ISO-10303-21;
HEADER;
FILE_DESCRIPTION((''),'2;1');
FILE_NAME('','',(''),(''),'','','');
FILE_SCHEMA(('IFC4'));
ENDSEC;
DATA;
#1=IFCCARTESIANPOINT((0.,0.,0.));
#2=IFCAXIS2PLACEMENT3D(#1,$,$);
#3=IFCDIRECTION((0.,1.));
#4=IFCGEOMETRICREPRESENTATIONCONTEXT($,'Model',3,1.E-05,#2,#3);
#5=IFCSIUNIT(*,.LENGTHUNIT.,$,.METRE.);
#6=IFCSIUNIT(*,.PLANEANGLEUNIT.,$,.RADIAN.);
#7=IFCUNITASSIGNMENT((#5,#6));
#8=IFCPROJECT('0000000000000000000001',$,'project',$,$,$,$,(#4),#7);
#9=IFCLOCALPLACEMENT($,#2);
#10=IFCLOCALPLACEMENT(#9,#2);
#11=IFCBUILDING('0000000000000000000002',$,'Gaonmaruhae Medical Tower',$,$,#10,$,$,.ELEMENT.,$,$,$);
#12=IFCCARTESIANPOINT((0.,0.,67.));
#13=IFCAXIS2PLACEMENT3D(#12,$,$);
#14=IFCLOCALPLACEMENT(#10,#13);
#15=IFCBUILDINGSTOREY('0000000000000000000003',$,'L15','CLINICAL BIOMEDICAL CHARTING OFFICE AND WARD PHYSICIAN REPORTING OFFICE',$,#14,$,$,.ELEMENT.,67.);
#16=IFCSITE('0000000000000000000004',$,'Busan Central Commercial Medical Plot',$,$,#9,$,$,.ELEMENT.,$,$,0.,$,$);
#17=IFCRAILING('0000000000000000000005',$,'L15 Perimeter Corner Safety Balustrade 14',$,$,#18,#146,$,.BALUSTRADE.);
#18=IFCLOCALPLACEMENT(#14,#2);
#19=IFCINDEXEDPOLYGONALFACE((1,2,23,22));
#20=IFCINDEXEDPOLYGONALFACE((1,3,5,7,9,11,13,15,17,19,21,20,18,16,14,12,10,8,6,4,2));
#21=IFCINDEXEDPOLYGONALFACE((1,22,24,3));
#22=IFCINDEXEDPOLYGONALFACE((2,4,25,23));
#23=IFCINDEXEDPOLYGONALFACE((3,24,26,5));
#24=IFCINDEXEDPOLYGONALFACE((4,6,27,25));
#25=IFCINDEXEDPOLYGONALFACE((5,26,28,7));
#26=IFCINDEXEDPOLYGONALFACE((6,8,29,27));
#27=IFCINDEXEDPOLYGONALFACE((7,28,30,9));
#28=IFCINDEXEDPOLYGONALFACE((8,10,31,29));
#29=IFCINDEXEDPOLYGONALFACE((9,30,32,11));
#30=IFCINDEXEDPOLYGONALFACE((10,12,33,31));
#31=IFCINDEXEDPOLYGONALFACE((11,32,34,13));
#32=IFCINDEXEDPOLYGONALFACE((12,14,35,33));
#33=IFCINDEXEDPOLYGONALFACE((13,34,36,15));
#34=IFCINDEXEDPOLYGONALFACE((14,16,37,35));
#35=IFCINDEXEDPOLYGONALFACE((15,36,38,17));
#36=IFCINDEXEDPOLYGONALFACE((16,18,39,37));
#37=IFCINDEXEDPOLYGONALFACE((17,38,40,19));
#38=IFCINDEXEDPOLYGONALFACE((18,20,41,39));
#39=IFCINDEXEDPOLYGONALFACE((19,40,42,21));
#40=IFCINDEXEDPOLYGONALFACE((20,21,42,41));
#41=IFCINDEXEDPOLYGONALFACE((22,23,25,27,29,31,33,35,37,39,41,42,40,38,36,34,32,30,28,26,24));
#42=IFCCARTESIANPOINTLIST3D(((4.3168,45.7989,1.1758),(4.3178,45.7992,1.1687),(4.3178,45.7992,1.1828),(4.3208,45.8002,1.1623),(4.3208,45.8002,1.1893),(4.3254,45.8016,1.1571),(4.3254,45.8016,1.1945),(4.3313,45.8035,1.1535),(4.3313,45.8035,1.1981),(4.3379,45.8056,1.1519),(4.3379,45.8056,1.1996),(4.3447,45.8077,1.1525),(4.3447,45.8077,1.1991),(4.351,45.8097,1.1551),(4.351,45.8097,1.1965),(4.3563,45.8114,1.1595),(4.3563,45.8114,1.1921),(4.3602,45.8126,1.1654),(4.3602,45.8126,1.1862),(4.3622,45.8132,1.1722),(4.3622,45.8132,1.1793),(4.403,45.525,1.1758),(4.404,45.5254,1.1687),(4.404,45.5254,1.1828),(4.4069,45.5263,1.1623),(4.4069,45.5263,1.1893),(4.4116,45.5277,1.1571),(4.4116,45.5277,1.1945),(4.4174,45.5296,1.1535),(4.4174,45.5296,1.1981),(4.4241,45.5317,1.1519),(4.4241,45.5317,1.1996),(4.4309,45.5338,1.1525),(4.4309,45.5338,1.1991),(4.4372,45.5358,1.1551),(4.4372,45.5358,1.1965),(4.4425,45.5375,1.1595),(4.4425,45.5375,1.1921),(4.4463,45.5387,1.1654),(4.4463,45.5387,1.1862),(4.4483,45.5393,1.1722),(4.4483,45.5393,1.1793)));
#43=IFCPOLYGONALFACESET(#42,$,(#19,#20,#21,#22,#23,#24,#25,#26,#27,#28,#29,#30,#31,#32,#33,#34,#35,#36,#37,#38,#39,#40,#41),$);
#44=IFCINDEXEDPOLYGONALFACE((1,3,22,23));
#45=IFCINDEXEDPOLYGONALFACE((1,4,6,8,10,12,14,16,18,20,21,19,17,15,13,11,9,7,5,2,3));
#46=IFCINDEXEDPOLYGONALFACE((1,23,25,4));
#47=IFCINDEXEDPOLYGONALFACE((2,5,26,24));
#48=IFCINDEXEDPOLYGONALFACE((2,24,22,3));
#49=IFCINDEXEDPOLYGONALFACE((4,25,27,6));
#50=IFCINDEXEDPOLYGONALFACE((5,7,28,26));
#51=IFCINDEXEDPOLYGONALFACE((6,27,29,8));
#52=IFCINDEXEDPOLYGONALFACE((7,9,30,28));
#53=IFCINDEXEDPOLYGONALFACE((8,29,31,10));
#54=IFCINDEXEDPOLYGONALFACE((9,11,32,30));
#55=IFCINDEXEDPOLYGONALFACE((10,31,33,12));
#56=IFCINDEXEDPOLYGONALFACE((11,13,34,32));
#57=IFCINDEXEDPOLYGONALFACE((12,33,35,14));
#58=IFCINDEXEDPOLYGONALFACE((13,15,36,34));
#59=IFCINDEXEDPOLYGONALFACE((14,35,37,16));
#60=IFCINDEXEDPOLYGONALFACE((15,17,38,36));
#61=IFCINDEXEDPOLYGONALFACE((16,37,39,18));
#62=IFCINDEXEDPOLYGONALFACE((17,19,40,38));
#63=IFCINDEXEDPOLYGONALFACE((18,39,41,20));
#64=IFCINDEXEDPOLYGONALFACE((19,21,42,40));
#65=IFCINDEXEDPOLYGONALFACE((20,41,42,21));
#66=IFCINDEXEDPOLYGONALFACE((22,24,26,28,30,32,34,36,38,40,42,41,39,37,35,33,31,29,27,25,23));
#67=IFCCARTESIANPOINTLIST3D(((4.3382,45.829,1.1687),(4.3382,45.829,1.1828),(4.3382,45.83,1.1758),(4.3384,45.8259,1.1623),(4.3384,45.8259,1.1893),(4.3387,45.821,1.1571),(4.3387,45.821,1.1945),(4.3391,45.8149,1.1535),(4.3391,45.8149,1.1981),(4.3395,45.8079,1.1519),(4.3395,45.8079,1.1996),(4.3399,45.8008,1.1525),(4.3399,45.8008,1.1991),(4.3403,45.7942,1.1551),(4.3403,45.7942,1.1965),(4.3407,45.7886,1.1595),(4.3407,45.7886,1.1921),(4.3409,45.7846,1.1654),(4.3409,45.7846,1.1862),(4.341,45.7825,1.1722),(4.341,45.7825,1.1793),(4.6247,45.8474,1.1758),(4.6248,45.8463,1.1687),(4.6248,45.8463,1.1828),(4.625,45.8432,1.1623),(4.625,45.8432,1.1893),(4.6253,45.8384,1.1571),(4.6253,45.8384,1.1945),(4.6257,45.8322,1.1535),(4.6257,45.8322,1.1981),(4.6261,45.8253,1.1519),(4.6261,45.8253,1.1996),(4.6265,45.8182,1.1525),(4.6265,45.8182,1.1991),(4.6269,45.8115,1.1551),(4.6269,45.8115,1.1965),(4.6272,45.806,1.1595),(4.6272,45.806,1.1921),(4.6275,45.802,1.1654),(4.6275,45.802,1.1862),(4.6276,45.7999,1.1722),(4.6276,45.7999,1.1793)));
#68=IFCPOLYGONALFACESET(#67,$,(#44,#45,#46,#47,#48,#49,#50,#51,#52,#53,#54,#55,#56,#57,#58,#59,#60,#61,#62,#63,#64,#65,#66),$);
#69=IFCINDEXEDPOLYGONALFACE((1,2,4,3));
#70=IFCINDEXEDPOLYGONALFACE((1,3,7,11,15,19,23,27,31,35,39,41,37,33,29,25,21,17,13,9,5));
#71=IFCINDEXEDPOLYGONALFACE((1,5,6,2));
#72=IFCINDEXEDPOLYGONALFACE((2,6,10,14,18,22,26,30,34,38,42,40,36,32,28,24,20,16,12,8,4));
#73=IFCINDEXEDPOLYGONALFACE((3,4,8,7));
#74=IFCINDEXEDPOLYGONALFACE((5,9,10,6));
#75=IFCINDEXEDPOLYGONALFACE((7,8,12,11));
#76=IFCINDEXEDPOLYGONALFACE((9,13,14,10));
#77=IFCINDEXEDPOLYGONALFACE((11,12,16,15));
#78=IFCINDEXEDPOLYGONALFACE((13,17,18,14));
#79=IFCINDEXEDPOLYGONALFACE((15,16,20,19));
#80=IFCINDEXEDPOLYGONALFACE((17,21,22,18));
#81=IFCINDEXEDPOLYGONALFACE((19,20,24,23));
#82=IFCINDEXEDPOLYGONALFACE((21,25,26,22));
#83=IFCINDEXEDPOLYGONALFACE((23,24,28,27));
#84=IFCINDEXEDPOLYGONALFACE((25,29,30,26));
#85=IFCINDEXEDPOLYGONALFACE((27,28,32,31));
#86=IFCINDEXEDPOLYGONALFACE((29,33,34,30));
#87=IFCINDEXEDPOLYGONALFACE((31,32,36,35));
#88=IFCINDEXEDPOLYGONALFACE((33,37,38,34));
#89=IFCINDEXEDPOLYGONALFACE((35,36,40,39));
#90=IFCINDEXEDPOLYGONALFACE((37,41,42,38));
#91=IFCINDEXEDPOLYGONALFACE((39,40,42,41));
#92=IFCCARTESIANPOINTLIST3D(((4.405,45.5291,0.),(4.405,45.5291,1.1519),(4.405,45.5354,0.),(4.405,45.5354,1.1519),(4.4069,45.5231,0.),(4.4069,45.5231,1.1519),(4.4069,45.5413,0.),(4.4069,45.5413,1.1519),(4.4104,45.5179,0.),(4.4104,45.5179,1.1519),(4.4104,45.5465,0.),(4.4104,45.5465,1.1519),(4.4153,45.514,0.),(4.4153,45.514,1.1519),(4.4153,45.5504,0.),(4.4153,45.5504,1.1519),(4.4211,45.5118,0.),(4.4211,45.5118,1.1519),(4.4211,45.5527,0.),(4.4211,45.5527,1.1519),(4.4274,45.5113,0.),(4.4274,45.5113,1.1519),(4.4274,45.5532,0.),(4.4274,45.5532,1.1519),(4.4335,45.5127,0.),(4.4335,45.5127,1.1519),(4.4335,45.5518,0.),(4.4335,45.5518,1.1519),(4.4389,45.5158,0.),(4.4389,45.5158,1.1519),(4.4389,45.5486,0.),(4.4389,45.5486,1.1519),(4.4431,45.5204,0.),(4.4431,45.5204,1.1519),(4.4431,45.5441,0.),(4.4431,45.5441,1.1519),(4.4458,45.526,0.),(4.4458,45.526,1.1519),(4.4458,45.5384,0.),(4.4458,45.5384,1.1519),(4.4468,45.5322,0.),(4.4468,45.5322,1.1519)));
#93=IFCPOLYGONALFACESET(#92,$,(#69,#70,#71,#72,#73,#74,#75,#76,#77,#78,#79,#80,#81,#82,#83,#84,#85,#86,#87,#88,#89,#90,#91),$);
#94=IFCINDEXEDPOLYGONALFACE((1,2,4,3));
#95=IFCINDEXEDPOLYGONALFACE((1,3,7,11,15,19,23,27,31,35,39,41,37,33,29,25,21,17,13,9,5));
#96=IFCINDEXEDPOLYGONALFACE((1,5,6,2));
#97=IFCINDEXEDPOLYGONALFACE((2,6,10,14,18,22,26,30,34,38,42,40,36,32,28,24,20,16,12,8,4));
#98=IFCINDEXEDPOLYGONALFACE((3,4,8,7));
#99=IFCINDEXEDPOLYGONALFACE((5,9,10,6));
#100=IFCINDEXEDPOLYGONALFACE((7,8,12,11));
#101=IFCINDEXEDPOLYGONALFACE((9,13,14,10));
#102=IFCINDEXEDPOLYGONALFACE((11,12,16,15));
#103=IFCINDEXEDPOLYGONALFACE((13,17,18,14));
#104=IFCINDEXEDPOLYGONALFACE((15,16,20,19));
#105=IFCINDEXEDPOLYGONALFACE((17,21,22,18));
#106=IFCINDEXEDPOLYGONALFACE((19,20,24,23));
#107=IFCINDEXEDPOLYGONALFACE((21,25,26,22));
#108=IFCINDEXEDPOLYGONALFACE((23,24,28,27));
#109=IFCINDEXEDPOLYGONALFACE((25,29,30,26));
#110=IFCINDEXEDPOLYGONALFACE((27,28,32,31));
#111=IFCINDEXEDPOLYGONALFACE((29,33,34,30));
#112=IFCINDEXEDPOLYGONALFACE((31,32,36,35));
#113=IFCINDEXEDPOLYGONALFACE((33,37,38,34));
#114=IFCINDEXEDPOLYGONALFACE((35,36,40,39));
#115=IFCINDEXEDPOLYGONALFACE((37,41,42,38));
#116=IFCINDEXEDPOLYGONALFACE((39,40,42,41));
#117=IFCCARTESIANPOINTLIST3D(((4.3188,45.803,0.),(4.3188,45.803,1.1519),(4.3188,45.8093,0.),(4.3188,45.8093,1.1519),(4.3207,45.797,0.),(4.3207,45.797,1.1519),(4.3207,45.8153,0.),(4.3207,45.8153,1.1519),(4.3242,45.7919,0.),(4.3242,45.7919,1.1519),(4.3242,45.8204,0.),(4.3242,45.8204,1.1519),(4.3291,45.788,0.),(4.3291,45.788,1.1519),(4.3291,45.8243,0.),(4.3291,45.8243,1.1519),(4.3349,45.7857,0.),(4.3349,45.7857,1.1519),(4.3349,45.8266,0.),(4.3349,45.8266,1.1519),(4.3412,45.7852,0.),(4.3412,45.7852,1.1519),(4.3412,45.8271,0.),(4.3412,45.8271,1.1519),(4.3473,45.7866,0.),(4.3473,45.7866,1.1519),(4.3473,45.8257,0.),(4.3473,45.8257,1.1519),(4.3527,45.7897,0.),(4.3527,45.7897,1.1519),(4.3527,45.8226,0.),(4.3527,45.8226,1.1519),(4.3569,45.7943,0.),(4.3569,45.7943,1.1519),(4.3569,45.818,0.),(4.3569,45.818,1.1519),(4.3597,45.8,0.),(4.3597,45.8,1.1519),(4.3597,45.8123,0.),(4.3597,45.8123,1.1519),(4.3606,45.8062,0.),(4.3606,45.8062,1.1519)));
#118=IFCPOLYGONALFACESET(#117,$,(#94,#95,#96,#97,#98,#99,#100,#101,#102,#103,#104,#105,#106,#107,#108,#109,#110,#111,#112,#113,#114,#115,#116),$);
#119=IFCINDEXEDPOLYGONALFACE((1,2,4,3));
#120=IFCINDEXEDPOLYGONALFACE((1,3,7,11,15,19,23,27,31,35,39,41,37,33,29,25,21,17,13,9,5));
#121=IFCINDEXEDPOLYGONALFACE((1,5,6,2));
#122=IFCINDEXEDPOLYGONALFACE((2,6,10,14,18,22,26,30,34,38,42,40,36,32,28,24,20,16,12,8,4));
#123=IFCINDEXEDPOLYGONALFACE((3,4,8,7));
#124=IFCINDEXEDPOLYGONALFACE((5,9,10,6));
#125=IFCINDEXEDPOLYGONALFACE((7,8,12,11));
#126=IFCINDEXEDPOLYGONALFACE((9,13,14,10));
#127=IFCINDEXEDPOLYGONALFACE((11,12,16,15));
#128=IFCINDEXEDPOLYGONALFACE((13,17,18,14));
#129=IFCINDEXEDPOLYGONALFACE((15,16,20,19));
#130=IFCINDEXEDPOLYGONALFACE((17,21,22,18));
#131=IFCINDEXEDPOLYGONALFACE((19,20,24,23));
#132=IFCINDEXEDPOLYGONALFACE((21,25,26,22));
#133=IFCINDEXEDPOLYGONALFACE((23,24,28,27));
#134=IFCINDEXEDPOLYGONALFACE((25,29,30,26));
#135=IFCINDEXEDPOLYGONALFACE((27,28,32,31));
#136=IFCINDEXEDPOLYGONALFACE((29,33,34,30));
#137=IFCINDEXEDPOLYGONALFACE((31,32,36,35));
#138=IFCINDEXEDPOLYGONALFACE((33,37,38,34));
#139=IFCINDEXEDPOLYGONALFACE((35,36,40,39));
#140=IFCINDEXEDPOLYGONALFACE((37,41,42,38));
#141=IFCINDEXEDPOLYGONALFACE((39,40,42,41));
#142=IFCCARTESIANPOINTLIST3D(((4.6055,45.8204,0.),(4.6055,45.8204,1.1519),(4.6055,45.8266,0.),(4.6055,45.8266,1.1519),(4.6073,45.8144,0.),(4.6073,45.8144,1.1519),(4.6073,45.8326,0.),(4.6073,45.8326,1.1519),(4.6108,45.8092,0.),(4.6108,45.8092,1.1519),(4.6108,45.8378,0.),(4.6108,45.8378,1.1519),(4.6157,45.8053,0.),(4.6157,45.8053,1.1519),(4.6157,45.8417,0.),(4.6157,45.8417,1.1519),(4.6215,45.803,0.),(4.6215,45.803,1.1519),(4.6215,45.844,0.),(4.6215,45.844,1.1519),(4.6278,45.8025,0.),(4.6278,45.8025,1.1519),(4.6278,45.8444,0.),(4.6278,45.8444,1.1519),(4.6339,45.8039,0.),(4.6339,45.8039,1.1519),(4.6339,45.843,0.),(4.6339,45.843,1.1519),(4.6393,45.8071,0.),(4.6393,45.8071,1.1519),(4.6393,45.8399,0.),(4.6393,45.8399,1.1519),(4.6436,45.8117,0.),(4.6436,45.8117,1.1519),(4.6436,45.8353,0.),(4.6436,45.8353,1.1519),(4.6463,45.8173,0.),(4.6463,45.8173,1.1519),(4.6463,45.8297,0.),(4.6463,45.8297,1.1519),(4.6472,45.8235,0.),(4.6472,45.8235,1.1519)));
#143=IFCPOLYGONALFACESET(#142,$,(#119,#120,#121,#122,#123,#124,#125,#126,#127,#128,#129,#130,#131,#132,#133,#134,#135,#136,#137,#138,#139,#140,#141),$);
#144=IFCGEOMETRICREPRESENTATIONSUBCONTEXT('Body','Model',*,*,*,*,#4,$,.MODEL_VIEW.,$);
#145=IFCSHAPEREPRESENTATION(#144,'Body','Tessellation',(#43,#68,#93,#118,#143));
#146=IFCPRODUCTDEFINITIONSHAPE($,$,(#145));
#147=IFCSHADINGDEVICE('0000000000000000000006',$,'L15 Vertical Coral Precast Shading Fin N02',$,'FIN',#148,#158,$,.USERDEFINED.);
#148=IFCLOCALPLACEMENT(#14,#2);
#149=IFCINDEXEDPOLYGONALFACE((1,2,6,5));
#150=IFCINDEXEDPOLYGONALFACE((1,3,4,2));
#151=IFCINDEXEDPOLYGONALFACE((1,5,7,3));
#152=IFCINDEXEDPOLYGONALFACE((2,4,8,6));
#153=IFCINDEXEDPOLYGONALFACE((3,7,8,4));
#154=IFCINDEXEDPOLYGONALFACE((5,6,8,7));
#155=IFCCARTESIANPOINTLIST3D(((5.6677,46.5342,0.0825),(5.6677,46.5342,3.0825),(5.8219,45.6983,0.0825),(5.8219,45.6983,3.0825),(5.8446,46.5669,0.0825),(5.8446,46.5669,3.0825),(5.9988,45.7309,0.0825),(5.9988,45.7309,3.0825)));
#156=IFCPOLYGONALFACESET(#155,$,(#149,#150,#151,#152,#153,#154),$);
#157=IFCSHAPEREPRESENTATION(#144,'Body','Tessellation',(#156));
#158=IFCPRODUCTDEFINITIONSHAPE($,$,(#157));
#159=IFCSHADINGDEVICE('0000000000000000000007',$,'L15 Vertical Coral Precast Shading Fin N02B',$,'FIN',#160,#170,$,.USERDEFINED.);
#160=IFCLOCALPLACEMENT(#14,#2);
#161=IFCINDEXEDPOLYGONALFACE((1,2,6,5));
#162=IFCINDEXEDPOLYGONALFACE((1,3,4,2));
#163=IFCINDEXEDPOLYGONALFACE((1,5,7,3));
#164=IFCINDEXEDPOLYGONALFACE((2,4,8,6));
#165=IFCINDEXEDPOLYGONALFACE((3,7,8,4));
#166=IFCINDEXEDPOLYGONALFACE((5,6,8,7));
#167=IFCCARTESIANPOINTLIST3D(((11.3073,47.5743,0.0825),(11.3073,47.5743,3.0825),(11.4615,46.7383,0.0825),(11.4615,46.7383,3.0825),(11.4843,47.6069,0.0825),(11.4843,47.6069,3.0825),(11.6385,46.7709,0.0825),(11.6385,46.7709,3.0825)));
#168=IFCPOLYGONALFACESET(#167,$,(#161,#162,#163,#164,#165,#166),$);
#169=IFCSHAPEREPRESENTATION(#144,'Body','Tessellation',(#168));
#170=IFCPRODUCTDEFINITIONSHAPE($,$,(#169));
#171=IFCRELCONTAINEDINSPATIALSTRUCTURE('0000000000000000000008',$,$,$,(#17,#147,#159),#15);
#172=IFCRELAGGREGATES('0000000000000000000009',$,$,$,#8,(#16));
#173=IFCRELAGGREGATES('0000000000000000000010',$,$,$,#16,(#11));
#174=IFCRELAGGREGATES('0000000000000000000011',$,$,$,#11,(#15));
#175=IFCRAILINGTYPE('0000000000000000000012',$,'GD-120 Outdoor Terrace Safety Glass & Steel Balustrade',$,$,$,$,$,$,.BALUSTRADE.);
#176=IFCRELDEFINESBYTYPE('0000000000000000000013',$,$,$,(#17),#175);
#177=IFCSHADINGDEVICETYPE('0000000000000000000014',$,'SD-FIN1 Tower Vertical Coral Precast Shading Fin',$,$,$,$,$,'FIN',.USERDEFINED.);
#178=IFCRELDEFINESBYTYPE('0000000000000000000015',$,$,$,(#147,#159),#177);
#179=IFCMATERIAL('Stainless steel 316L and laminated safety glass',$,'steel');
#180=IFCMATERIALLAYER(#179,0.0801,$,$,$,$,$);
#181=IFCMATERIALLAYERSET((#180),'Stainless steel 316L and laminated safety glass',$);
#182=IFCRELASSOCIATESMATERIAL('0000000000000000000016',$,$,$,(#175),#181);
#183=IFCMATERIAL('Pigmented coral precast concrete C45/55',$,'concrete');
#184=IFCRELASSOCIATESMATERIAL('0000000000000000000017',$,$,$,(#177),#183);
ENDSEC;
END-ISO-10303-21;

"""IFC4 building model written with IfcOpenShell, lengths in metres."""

from ifc_helpers import new_model, si_unit, direction, frame, origin, origin_2d, place, context, subcontext, project, spatial, rectangle, circle, extrude, material, layer, layer_set, type_object, element, save


model = new_model("IFC4")

# Units and contexts
model_context = context("Model", 3, precision=1e-05, world=origin(), true_north=direction((0.0, 1.0)))
body_context = subcontext(model_context, "Body", "Model", "MODEL_VIEW")
ifc_project = project(units=[si_unit("LENGTHUNIT", "METRE"), si_unit("PLANEANGLEUNIT", "RADIAN")], contexts=[model_context])

# Site, building, storey
site_placement = place(None, origin())
site = spatial("IfcSite", under=ifc_project, at=site_placement, Name="Busan Central Commercial Medical Plot", CompositionType="ELEMENT", RefElevation=0.0)
building_placement = place(site_placement, origin())
building = spatial("IfcBuilding", under=site, at=building_placement, Name="Gaonmaruhae Medical Tower", CompositionType="ELEMENT")
storey_placement = place(building_placement, frame((0.0, 0.0, 67.0)))
storey = spatial("IfcBuildingStorey", under=building, at=storey_placement, Name="L15", Description="CLINICAL BIOMEDICAL CHARTING OFFICE AND WARD PHYSICIAN REPORTING OFFICE", CompositionType="ELEMENT", Elevation=67.0)

# Railing
ifc_material_1 = material(Name="Stainless steel 316L and laminated safety glass", Category="steel")
ifc_layer_1 = layer(ifc_material_1, 0.0801)
ifc_layer_set_1 = layer_set([ifc_layer_1], Name="Stainless steel 316L and laminated safety glass")
railing_type = type_object("IfcRailingType", Name="GD-120 Outdoor Terrace Safety Glass & Steel Balustrade", PredefinedType="BALUSTRADE", material=ifc_layer_set_1)
railing_1_placement = place(storey_placement, frame((4.4258, 45.5322, 0.0)))
element("IfcRailing", 1, at=railing_1_placement, inside=storey, type_object=railing_type, Name="L15 Perimeter Corner Safety Balustrade 14", PredefinedType="BALUSTRADE", context=body_context, shape_type="SweptSolid", body=[
    extrude(circle(Radius=0.0239, at=origin_2d()), frame((0.0, 0.0, 1.1758), z_axis=(-0.300114, 0.953903, 0.0), x_axis=(-0.953903, -0.300114, 0.0)), (0.0, 0.0, 1.0), 0.2871),
    extrude(circle(Radius=0.0239, at=origin_2d()), frame((-0.0862, 0.2739, 1.1758), z_axis=(0.998176, 0.060367, 0.0), x_axis=(-0.060367, 0.998176, 0.0)), (0.0, 0.0, 1.0), 0.2871),
    extrude(circle(Radius=0.021, at=origin_2d()), origin(), (0.0, 0.0, 1.0), 1.1519),
    extrude(circle(Radius=0.021, at=origin_2d()), frame((-0.0862, 0.2739, 0.0)), (0.0, 0.0, 1.0), 1.1519),
    extrude(circle(Radius=0.021, at=origin_2d()), frame((0.2004, 0.2913, 0.0)), (0.0, 0.0, 1.0), 1.1519),
])

# Shading devices
ifc_material_2 = material(Name="Pigmented coral precast concrete C45/55", Category="concrete")
shading_device_type = type_object("IfcShadingDeviceType", Name="SD-FIN1 Tower Vertical Coral Precast Shading Fin", ElementType="FIN", PredefinedType="USERDEFINED", material=ifc_material_2)
for number, where, z_axis, x_axis, name in (
    (2, (5.8333, 46.1326, 0.0825), (0.0, 0.0, 1.0), (0.983414, 0.181377, 0.0), "L15 Vertical Coral Precast Shading Fin N02"),
    (3, (11.4729, 47.1726, 0.0825), (0.0, 0.0, 1.0), (0.983414, 0.181377, 0.0), "L15 Vertical Coral Precast Shading Fin N02B"),
):
    element("IfcShadingDevice", number, at=place(storey_placement, frame(where, z_axis=z_axis, x_axis=x_axis)), inside=storey, type_object=shading_device_type, Name=name, ObjectType="FIN", PredefinedType="USERDEFINED", context=body_context, shape_type="SweptSolid", body=[
        extrude(rectangle(XDim=0.1799, YDim=0.8501, at=origin_2d()), origin(), (0.0, 0.0, 1.0), 3.0),
    ])

save(model, "model.ifc")
